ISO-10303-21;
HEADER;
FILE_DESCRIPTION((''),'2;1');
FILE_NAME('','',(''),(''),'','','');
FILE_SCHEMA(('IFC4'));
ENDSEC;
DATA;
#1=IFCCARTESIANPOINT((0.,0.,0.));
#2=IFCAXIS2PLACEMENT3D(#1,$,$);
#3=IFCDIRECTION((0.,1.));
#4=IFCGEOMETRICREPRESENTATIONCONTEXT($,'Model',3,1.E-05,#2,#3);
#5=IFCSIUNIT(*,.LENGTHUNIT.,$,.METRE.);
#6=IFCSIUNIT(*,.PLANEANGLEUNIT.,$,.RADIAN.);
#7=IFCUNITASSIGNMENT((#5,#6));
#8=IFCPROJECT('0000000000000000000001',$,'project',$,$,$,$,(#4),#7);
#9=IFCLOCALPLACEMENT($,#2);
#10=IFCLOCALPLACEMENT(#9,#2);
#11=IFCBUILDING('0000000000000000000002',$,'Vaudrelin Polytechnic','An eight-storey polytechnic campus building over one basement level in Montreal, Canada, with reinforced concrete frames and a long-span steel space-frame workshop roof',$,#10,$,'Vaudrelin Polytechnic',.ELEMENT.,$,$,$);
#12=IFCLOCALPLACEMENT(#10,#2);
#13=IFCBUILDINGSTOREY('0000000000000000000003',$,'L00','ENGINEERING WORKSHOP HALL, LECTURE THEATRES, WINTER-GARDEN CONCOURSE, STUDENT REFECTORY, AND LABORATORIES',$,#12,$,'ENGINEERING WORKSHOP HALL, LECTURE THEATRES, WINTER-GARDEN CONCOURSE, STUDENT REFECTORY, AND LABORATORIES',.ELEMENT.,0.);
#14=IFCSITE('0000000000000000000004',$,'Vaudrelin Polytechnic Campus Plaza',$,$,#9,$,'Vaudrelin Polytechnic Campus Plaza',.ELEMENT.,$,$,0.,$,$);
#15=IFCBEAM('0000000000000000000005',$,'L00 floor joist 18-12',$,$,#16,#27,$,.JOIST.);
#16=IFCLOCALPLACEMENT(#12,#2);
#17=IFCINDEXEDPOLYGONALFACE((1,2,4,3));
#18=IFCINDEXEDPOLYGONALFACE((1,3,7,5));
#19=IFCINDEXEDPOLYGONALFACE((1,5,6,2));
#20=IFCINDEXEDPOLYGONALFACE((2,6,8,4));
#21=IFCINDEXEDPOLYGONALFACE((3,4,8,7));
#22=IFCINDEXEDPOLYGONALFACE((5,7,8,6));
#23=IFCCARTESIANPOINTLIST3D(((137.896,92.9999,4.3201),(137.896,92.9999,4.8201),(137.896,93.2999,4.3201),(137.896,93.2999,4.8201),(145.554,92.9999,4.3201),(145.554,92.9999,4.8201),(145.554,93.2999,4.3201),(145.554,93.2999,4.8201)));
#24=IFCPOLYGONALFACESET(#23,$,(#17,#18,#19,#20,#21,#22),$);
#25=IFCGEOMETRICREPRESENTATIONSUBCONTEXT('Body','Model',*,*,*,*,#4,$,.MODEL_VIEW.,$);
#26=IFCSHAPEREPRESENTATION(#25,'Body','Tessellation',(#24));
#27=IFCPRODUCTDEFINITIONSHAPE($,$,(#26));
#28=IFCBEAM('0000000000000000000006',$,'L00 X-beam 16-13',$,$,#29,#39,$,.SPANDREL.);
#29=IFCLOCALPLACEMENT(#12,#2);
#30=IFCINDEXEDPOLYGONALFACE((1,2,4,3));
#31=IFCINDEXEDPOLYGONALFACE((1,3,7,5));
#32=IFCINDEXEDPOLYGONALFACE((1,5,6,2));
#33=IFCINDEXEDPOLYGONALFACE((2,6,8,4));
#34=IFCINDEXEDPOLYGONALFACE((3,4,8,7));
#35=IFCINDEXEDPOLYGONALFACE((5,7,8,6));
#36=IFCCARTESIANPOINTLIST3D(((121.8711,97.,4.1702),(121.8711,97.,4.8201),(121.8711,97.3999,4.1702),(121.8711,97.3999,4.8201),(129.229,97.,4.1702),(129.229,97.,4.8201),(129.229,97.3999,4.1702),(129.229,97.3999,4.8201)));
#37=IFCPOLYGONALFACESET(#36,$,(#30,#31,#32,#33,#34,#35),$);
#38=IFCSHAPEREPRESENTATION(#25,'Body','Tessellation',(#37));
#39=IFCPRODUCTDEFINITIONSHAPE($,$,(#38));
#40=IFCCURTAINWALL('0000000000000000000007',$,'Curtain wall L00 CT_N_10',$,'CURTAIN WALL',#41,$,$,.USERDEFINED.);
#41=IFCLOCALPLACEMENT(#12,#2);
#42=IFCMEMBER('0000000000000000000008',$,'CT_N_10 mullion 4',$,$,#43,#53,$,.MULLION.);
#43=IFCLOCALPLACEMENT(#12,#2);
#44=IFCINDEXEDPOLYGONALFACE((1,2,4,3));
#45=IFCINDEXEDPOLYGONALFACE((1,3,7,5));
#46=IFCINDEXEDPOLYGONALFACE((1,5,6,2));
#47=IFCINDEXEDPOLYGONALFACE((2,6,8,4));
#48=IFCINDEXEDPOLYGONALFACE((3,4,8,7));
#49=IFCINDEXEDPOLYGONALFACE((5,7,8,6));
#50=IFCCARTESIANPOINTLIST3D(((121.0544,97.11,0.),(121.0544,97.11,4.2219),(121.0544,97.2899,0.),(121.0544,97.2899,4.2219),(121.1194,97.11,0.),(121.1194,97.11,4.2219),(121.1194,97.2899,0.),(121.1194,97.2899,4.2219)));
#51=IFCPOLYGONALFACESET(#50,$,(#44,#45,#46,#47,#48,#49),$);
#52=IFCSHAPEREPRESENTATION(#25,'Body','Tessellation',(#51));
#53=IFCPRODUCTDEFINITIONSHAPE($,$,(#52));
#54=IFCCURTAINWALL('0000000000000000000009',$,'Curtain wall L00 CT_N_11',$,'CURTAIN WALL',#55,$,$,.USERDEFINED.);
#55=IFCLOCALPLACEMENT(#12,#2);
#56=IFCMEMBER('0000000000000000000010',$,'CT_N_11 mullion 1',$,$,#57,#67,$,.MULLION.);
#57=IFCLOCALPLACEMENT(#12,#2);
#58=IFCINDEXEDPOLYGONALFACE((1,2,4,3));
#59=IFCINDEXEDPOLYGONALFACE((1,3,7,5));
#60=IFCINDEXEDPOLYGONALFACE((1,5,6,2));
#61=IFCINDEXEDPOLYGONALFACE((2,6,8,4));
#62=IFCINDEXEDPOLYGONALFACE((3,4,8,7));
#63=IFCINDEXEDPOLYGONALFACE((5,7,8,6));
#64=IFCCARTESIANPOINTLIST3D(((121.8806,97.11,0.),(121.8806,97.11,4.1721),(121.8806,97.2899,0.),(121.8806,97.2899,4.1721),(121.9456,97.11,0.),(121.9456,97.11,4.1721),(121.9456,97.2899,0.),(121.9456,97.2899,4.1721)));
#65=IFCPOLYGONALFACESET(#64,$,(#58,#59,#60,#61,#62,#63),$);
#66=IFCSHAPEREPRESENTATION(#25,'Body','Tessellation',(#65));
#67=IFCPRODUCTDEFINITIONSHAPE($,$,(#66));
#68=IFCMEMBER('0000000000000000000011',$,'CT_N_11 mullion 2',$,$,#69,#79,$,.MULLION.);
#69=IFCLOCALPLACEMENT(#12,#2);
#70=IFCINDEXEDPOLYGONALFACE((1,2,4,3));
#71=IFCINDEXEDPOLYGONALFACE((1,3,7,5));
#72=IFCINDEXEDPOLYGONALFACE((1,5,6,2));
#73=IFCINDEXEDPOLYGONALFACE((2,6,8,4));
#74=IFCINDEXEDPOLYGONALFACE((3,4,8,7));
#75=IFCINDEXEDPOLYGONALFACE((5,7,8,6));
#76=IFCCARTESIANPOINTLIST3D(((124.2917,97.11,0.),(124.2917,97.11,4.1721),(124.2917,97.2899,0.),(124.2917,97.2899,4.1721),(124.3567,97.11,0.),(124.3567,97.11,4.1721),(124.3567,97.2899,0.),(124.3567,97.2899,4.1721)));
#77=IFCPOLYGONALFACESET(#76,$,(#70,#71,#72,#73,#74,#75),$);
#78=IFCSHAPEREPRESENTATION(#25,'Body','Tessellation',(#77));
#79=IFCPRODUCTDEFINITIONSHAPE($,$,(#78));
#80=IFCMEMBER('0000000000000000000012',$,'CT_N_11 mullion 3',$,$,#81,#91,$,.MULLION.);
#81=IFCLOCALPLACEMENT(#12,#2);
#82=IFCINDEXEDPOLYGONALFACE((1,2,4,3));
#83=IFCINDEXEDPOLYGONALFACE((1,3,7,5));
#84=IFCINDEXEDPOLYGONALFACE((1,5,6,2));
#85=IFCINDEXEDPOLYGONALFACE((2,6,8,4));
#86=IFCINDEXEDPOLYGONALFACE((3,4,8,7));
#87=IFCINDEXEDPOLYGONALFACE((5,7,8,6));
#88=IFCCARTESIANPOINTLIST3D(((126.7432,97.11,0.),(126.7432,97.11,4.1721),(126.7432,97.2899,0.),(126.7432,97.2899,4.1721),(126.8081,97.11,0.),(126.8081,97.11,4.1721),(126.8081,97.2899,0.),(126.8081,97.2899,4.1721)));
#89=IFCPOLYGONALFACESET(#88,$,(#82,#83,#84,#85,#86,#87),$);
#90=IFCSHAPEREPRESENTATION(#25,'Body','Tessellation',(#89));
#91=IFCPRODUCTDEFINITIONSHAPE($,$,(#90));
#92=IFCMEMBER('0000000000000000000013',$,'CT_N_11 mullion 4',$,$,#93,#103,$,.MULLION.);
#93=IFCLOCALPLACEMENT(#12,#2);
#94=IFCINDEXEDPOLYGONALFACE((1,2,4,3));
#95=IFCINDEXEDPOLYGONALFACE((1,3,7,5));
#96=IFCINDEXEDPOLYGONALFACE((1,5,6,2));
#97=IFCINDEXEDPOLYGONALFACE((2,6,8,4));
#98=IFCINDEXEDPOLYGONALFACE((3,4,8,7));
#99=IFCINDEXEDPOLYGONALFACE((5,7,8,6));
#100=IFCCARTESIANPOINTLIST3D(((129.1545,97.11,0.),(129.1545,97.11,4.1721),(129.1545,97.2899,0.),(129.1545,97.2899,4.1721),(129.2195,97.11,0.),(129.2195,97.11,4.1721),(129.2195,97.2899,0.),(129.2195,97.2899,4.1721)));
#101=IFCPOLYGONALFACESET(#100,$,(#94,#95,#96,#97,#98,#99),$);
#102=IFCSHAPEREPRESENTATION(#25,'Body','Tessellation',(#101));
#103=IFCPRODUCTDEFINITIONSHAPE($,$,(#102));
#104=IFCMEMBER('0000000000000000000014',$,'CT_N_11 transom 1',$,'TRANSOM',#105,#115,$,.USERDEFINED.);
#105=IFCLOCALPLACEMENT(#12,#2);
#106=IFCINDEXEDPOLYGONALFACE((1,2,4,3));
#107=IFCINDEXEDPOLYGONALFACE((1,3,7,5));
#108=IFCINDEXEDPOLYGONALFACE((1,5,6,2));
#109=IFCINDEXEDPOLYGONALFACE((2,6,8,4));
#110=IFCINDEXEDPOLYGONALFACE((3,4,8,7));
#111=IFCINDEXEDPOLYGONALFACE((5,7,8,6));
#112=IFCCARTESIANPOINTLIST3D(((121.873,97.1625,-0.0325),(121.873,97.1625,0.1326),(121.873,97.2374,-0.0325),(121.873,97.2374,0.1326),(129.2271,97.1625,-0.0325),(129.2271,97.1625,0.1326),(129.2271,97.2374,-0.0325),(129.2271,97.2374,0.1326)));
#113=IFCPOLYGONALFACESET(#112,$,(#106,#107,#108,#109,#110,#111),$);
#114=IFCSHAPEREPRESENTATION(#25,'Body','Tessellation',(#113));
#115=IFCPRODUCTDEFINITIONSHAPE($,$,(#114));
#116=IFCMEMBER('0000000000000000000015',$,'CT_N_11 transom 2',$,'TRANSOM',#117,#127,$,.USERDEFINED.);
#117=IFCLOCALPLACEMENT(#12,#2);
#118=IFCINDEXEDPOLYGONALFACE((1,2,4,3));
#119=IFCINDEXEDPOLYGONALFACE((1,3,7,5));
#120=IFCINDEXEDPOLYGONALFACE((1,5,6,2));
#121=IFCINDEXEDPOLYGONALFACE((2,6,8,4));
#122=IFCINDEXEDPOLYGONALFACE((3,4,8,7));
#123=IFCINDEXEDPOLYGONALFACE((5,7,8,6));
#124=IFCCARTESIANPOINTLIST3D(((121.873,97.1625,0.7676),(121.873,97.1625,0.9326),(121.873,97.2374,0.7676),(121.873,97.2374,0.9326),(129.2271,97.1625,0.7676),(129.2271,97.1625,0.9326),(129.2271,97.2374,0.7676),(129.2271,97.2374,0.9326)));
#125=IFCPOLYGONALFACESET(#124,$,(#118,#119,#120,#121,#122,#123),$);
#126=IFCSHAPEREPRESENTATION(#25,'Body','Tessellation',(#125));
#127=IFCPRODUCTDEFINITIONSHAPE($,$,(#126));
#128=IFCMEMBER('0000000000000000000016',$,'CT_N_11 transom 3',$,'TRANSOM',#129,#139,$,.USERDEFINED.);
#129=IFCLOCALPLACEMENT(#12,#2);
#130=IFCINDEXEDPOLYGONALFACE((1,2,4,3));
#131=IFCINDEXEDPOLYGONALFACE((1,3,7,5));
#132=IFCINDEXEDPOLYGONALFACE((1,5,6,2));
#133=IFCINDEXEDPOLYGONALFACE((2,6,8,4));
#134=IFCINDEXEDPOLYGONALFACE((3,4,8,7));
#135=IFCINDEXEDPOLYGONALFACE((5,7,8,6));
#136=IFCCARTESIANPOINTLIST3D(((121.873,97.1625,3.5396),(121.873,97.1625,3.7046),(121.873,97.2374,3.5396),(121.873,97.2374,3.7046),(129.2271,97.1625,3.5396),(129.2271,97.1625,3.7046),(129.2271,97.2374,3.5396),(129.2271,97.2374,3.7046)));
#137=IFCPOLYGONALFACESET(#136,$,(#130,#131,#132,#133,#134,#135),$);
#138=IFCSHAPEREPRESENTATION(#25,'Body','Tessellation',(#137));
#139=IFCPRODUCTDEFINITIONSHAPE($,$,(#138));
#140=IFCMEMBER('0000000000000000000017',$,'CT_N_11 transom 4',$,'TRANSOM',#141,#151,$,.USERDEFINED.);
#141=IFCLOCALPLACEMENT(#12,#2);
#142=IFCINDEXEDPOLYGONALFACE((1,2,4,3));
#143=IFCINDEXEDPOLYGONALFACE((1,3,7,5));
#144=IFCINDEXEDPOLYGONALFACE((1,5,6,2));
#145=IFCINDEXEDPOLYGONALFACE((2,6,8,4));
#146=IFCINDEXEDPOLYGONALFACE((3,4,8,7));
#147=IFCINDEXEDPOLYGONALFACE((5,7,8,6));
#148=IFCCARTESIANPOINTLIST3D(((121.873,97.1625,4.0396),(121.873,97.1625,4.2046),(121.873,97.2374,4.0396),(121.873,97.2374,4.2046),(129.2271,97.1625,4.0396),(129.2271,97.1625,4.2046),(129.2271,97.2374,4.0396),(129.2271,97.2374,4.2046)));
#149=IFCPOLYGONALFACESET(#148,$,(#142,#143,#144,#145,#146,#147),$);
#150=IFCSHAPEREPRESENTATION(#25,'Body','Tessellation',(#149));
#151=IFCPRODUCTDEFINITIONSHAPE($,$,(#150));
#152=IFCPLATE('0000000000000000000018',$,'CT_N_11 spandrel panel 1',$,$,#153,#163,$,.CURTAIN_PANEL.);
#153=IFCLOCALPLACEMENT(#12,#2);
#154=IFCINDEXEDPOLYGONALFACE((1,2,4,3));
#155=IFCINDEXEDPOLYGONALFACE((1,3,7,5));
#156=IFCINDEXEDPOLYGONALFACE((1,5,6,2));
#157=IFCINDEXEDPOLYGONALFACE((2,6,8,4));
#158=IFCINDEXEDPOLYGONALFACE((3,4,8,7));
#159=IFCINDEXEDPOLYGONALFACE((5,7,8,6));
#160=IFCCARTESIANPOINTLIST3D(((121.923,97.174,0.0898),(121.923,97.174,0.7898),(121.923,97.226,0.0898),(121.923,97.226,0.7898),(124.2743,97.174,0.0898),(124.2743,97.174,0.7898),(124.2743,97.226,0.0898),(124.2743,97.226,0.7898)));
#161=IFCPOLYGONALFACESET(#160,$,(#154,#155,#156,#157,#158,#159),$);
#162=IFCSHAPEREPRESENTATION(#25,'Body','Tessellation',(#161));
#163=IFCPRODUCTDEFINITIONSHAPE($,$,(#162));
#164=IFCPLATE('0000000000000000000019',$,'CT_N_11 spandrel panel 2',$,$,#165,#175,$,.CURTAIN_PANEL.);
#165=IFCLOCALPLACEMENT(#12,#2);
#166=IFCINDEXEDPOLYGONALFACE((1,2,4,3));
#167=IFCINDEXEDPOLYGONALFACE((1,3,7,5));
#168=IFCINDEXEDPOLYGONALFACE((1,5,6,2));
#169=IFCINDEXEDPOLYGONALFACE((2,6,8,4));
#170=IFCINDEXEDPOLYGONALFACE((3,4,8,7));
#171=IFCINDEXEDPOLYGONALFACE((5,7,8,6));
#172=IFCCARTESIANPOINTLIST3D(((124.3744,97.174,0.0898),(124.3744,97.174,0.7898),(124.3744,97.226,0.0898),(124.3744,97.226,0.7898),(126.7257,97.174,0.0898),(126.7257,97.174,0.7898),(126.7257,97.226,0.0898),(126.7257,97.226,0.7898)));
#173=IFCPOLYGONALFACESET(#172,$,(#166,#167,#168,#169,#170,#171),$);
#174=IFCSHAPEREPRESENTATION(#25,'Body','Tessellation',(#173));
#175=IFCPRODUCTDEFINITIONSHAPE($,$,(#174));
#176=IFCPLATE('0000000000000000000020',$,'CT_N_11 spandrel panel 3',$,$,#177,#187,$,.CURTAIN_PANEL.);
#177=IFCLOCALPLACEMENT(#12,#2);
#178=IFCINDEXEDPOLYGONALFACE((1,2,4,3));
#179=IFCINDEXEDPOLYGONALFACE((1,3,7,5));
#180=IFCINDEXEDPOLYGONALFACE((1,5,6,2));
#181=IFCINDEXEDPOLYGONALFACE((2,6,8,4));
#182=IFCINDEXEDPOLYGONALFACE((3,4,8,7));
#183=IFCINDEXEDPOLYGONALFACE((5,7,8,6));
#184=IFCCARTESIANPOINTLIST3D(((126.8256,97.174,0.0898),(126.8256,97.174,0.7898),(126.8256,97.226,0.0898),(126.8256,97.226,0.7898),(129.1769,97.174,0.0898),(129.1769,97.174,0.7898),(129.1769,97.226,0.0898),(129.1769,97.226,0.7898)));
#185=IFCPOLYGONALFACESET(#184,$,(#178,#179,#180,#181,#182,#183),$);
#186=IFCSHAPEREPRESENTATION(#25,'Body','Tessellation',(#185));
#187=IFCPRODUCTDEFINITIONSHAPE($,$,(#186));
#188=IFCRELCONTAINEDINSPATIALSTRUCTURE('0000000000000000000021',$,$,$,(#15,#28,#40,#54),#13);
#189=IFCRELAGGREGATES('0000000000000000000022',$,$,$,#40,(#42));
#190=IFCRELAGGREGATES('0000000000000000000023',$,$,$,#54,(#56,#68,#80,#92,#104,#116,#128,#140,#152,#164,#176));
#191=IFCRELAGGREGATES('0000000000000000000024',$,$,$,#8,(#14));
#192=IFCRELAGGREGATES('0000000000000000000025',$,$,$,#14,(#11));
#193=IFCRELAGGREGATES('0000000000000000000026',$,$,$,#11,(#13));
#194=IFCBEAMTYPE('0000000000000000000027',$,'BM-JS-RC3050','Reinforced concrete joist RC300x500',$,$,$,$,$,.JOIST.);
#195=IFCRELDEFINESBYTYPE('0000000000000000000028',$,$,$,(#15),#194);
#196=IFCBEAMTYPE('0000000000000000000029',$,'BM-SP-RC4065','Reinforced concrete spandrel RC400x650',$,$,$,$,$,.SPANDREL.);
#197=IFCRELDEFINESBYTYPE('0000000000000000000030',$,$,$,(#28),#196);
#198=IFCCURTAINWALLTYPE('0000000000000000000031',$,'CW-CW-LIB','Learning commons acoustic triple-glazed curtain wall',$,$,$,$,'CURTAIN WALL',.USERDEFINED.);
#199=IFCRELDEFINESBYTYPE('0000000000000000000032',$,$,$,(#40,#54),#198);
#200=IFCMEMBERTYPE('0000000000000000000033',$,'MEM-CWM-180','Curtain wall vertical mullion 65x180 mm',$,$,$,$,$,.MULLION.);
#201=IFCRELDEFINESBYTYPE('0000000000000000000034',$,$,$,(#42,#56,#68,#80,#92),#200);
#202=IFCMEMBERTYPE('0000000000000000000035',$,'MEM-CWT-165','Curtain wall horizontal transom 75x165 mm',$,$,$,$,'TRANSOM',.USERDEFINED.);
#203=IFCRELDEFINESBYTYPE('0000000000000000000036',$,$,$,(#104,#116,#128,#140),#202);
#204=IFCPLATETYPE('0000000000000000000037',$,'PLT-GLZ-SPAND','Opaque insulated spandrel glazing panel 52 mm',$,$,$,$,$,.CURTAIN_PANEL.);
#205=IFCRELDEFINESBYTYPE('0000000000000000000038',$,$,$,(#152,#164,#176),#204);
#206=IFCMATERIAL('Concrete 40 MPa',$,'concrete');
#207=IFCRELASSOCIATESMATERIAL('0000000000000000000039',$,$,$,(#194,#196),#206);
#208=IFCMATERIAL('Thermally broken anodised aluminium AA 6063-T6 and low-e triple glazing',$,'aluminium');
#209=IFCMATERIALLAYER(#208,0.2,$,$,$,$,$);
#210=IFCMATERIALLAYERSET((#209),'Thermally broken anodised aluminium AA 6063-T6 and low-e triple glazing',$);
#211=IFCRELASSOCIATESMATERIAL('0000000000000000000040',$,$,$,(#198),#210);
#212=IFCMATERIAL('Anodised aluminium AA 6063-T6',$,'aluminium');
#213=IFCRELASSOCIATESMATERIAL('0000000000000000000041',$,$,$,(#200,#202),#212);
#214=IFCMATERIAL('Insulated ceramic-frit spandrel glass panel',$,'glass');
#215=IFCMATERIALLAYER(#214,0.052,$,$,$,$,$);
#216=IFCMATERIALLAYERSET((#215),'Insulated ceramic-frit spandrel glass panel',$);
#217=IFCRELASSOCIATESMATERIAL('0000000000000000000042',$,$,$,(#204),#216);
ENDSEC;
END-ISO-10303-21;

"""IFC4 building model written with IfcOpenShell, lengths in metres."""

from ifc_helpers import new_model, si_unit, direction, frame, origin, origin_2d, place, context, subcontext, project, spatial, rectangle, extrude, material, layer, layer_set, material_profile, profile_set, type_object, element, aggregate, save


model = new_model("IFC4")

# Units and contexts
model_context = context("Model", 3, precision=1e-05, world=origin(), true_north=direction((0.0, 1.0)))
body_context = subcontext(model_context, "Body", "Model", "MODEL_VIEW")
ifc_project = project(units=[si_unit("LENGTHUNIT", "METRE"), si_unit("PLANEANGLEUNIT", "RADIAN")], contexts=[model_context])

# Site, building, storey
site_placement = place(None, origin())
site = spatial("IfcSite", under=ifc_project, at=site_placement, Name="Vaudrelin Polytechnic Campus Plaza", LongName="Vaudrelin Polytechnic Campus Plaza", CompositionType="ELEMENT", RefElevation=0.0)
building_placement = place(site_placement, origin())
building = spatial("IfcBuilding", under=site, at=building_placement, Name="Vaudrelin Polytechnic", Description="An eight-storey polytechnic campus building over one basement level in Montreal, Canada, with reinforced concrete frames and a long-span steel space-frame workshop roof", LongName="Vaudrelin Polytechnic", CompositionType="ELEMENT")
storey_placement = place(building_placement, origin())
storey = spatial("IfcBuildingStorey", under=building, at=storey_placement, Name="L00", Description="ENGINEERING WORKSHOP HALL, LECTURE THEATRES, WINTER-GARDEN CONCOURSE, STUDENT REFECTORY, AND LABORATORIES", LongName="ENGINEERING WORKSHOP HALL, LECTURE THEATRES, WINTER-GARDEN CONCOURSE, STUDENT REFECTORY, AND LABORATORIES", CompositionType="ELEMENT", Elevation=0.0)

# Shared definitions
ifc_material_1 = material(Name="Concrete 40 MPa", Category="concrete")

# Beams
ifc_material_profile_1 = material_profile(ifc_material_1, rectangle(XDim=0.3, YDim=0.5, at=origin_2d()), Name="RC300x500")
ifc_profile_set_1 = profile_set([ifc_material_profile_1], Name="Concrete 40 MPa")
beam_type_1 = type_object("IfcBeamType", Name="BM-JS-RC3050", Description="Reinforced concrete joist RC300x500", PredefinedType="JOIST", material=ifc_profile_set_1)
beam_1_placement = place(storey_placement, frame((137.896, 93.1499, 4.5701), z_axis=(1.0, 0.0, 0.0), x_axis=(0.0, 1.0, 0.0)))
element("IfcBeam", 1, at=beam_1_placement, inside=storey, type_object=beam_type_1, Name="L00 floor joist 18-12", PredefinedType="JOIST", context=body_context, shape_type="SweptSolid", body=[
    extrude(rectangle(XDim=0.3, YDim=0.5, at=origin_2d()), origin(), (0.0, 0.0, 1.0), 7.658),
])
ifc_material_profile_2 = material_profile(ifc_material_1, rectangle(XDim=0.3999, YDim=0.6499, at=origin_2d()), Name="RC400x650")
ifc_profile_set_2 = profile_set([ifc_material_profile_2], Name="Concrete 40 MPa")
beam_type_2 = type_object("IfcBeamType", Name="BM-SP-RC4065", Description="Reinforced concrete spandrel RC400x650", PredefinedType="SPANDREL", material=ifc_profile_set_2)
beam_2_placement = place(storey_placement, frame((121.8711, 97.2, 4.4951), z_axis=(1.0, 0.0, 0.0), x_axis=(0.0, 1.0, 0.0)))
element("IfcBeam", 2, at=beam_2_placement, inside=storey, type_object=beam_type_2, Name="L00 X-beam 16-13", PredefinedType="SPANDREL", context=body_context, shape_type="SweptSolid", body=[
    extrude(rectangle(XDim=0.3999, YDim=0.6499, at=origin_2d()), origin(), (0.0, 0.0, 1.0), 7.3579),
])

# Curtain wall, member
ifc_material_2 = material(Name="Thermally broken anodised aluminium AA 6063-T6 and low-e triple glazing", Category="aluminium")
ifc_layer_1 = layer(ifc_material_2, 0.2)
ifc_layer_set_1 = layer_set([ifc_layer_1], Name="Thermally broken anodised aluminium AA 6063-T6 and low-e triple glazing")
curtain_wall_type = type_object("IfcCurtainWallType", Name="CW-CW-LIB", Description="Learning commons acoustic triple-glazed curtain wall", ElementType="CURTAIN WALL", PredefinedType="USERDEFINED", material=ifc_layer_set_1)
curtain_wall_1_placement = place(storey_placement, origin())
curtain_wall_1 = element("IfcCurtainWall", 3, at=curtain_wall_1_placement, inside=storey, type_object=curtain_wall_type, Name="Curtain wall L00 CT_N_10", ObjectType="CURTAIN WALL", PredefinedType="USERDEFINED")
ifc_material_3 = material(Name="Anodised aluminium AA 6063-T6", Category="aluminium")
ifc_material_profile_3 = material_profile(ifc_material_3, rectangle(XDim=0.0649, YDim=0.1799, at=origin_2d()), Name="CWM-65x180")
ifc_profile_set_3 = profile_set([ifc_material_profile_3], Name="Anodised aluminium AA 6063-T6")
member_type_1 = type_object("IfcMemberType", Name="MEM-CWM-180", Description="Curtain wall vertical mullion 65x180 mm", PredefinedType="MULLION", material=ifc_profile_set_3)
member_1_placement = place(storey_placement, frame((121.0869, 97.2, 0.0), z_axis=(0.0, 0.0, 1.0), x_axis=(1.0, 0.0, 0.0)))
member_1 = element("IfcMember", 4, at=member_1_placement, type_object=member_type_1, Name="CT_N_10 mullion 4", PredefinedType="MULLION", context=body_context, shape_type="SweptSolid", body=[
    extrude(rectangle(XDim=0.0649, YDim=0.1799, at=origin_2d()), origin(), (0.0, 0.0, 1.0), 4.2219),
])
aggregate(curtain_wall_1, [member_1])

# Curtain wall, members, plates
curtain_wall_2_placement = place(storey_placement, origin())
curtain_wall_2 = element("IfcCurtainWall", 5, at=curtain_wall_2_placement, inside=storey, type_object=curtain_wall_type, Name="Curtain wall L00 CT_N_11", ObjectType="CURTAIN WALL", PredefinedType="USERDEFINED")
member_2_placement = place(storey_placement, frame((121.9131, 97.2, 0.0), z_axis=(0.0, 0.0, 1.0), x_axis=(1.0, 0.0, 0.0)))
member_2 = element("IfcMember", 6, at=member_2_placement, type_object=member_type_1, Name="CT_N_11 mullion 1", PredefinedType="MULLION", context=body_context, shape_type="SweptSolid", body=[
    extrude(rectangle(XDim=0.0649, YDim=0.1799, at=origin_2d()), origin(), (0.0, 0.0, 1.0), 4.1721),
])
member_3_placement = place(storey_placement, frame((124.3242, 97.2, 0.0), z_axis=(0.0, 0.0, 1.0), x_axis=(1.0, 0.0, 0.0)))
member_3 = element("IfcMember", 7, at=member_3_placement, type_object=member_type_1, Name="CT_N_11 mullion 2", PredefinedType="MULLION", context=body_context, shape_type="SweptSolid", body=[
    extrude(rectangle(XDim=0.0649, YDim=0.1799, at=origin_2d()), origin(), (0.0, 0.0, 1.0), 4.1721),
])
member_4_placement = place(storey_placement, frame((126.7756, 97.2, 0.0), z_axis=(0.0, 0.0, 1.0), x_axis=(1.0, 0.0, 0.0)))
member_4 = element("IfcMember", 8, at=member_4_placement, type_object=member_type_1, Name="CT_N_11 mullion 3", PredefinedType="MULLION", context=body_context, shape_type="SweptSolid", body=[
    extrude(rectangle(XDim=0.0649, YDim=0.1799, at=origin_2d()), origin(), (0.0, 0.0, 1.0), 4.1721),
])
member_5_placement = place(storey_placement, frame((129.187, 97.2, 0.0), z_axis=(0.0, 0.0, 1.0), x_axis=(1.0, 0.0, 0.0)))
member_5 = element("IfcMember", 9, at=member_5_placement, type_object=member_type_1, Name="CT_N_11 mullion 4", PredefinedType="MULLION", context=body_context, shape_type="SweptSolid", body=[
    extrude(rectangle(XDim=0.0649, YDim=0.1799, at=origin_2d()), origin(), (0.0, 0.0, 1.0), 4.1721),
])
ifc_material_profile_4 = material_profile(ifc_material_3, rectangle(XDim=0.075, YDim=0.165, at=origin_2d()), Name="CWT-75x165")
ifc_profile_set_4 = profile_set([ifc_material_profile_4], Name="Anodised aluminium AA 6063-T6")
member_type_2 = type_object("IfcMemberType", Name="MEM-CWT-165", Description="Curtain wall horizontal transom 75x165 mm", ElementType="TRANSOM", PredefinedType="USERDEFINED", material=ifc_profile_set_4)
member_6_placement = place(storey_placement, frame((121.873, 97.2, 0.05), z_axis=(1.0, 0.0, 0.0), x_axis=(0.0, 1.0, 0.0)))
member_6 = element("IfcMember", 10, at=member_6_placement, type_object=member_type_2, Name="CT_N_11 transom 1", ObjectType="TRANSOM", PredefinedType="USERDEFINED", context=body_context, shape_type="SweptSolid", body=[
    extrude(rectangle(XDim=0.075, YDim=0.165, at=origin_2d()), origin(), (0.0, 0.0, 1.0), 7.354),
])
member_7_placement = place(storey_placement, frame((121.873, 97.2, 0.8501), z_axis=(1.0, 0.0, 0.0), x_axis=(0.0, 1.0, 0.0)))
member_7 = element("IfcMember", 11, at=member_7_placement, type_object=member_type_2, Name="CT_N_11 transom 2", ObjectType="TRANSOM", PredefinedType="USERDEFINED", context=body_context, shape_type="SweptSolid", body=[
    extrude(rectangle(XDim=0.075, YDim=0.165, at=origin_2d()), origin(), (0.0, 0.0, 1.0), 7.354),
])
member_8_placement = place(storey_placement, frame((121.873, 97.2, 3.6221), z_axis=(1.0, 0.0, 0.0), x_axis=(0.0, 1.0, 0.0)))
member_8 = element("IfcMember", 12, at=member_8_placement, type_object=member_type_2, Name="CT_N_11 transom 3", ObjectType="TRANSOM", PredefinedType="USERDEFINED", context=body_context, shape_type="SweptSolid", body=[
    extrude(rectangle(XDim=0.075, YDim=0.165, at=origin_2d()), origin(), (0.0, 0.0, 1.0), 7.354),
])
member_9_placement = place(storey_placement, frame((121.873, 97.2, 4.1221), z_axis=(1.0, 0.0, 0.0), x_axis=(0.0, 1.0, 0.0)))
member_9 = element("IfcMember", 13, at=member_9_placement, type_object=member_type_2, Name="CT_N_11 transom 4", ObjectType="TRANSOM", PredefinedType="USERDEFINED", context=body_context, shape_type="SweptSolid", body=[
    extrude(rectangle(XDim=0.075, YDim=0.165, at=origin_2d()), origin(), (0.0, 0.0, 1.0), 7.354),
])
ifc_material_4 = material(Name="Insulated ceramic-frit spandrel glass panel", Category="glass")
ifc_layer_2 = layer(ifc_material_4, 0.052)
ifc_layer_set_2 = layer_set([ifc_layer_2], Name="Insulated ceramic-frit spandrel glass panel")
plate_type_1 = type_object("IfcPlateType", Name="PLT-GLZ-SPAND", Description="Opaque insulated spandrel glazing panel 52 mm", PredefinedType="CURTAIN_PANEL", material=ifc_layer_set_2)
plate_1_placement = place(storey_placement, frame((123.0986, 97.2, 0.0898), z_axis=(0.0, 0.0, 1.0), x_axis=(1.0, 0.0, 0.0)))
plate_1 = element("IfcPlate", 14, at=plate_1_placement, type_object=plate_type_1, Name="CT_N_11 spandrel panel 1", PredefinedType="CURTAIN_PANEL", context=body_context, shape_type="SweptSolid", body=[
    extrude(rectangle(XDim=2.3513, YDim=0.052, at=origin_2d()), origin(), (0.0, 0.0, 1.0), 0.7),
])
plate_2_placement = place(storey_placement, frame((125.55, 97.2, 0.0898), z_axis=(0.0, 0.0, 1.0), x_axis=(1.0, 0.0, 0.0)))
plate_2 = element("IfcPlate", 15, at=plate_2_placement, type_object=plate_type_1, Name="CT_N_11 spandrel panel 2", PredefinedType="CURTAIN_PANEL", context=body_context, shape_type="SweptSolid", body=[
    extrude(rectangle(XDim=2.3513, YDim=0.052, at=origin_2d()), origin(), (0.0, 0.0, 1.0), 0.7),
])
plate_3_placement = place(storey_placement, frame((128.0012, 97.2, 0.0898), z_axis=(0.0, 0.0, 1.0), x_axis=(1.0, 0.0, 0.0)))
plate_3 = element("IfcPlate", 16, at=plate_3_placement, type_object=plate_type_1, Name="CT_N_11 spandrel panel 3", PredefinedType="CURTAIN_PANEL", context=body_context, shape_type="SweptSolid", body=[
    extrude(rectangle(XDim=2.3513, YDim=0.052, at=origin_2d()), origin(), (0.0, 0.0, 1.0), 0.7),
])
aggregate(curtain_wall_2, [member_2, member_3, member_4, member_5, member_6, member_7, member_8, member_9, plate_1, plate_2, plate_3])

save(model, "model.ifc")
